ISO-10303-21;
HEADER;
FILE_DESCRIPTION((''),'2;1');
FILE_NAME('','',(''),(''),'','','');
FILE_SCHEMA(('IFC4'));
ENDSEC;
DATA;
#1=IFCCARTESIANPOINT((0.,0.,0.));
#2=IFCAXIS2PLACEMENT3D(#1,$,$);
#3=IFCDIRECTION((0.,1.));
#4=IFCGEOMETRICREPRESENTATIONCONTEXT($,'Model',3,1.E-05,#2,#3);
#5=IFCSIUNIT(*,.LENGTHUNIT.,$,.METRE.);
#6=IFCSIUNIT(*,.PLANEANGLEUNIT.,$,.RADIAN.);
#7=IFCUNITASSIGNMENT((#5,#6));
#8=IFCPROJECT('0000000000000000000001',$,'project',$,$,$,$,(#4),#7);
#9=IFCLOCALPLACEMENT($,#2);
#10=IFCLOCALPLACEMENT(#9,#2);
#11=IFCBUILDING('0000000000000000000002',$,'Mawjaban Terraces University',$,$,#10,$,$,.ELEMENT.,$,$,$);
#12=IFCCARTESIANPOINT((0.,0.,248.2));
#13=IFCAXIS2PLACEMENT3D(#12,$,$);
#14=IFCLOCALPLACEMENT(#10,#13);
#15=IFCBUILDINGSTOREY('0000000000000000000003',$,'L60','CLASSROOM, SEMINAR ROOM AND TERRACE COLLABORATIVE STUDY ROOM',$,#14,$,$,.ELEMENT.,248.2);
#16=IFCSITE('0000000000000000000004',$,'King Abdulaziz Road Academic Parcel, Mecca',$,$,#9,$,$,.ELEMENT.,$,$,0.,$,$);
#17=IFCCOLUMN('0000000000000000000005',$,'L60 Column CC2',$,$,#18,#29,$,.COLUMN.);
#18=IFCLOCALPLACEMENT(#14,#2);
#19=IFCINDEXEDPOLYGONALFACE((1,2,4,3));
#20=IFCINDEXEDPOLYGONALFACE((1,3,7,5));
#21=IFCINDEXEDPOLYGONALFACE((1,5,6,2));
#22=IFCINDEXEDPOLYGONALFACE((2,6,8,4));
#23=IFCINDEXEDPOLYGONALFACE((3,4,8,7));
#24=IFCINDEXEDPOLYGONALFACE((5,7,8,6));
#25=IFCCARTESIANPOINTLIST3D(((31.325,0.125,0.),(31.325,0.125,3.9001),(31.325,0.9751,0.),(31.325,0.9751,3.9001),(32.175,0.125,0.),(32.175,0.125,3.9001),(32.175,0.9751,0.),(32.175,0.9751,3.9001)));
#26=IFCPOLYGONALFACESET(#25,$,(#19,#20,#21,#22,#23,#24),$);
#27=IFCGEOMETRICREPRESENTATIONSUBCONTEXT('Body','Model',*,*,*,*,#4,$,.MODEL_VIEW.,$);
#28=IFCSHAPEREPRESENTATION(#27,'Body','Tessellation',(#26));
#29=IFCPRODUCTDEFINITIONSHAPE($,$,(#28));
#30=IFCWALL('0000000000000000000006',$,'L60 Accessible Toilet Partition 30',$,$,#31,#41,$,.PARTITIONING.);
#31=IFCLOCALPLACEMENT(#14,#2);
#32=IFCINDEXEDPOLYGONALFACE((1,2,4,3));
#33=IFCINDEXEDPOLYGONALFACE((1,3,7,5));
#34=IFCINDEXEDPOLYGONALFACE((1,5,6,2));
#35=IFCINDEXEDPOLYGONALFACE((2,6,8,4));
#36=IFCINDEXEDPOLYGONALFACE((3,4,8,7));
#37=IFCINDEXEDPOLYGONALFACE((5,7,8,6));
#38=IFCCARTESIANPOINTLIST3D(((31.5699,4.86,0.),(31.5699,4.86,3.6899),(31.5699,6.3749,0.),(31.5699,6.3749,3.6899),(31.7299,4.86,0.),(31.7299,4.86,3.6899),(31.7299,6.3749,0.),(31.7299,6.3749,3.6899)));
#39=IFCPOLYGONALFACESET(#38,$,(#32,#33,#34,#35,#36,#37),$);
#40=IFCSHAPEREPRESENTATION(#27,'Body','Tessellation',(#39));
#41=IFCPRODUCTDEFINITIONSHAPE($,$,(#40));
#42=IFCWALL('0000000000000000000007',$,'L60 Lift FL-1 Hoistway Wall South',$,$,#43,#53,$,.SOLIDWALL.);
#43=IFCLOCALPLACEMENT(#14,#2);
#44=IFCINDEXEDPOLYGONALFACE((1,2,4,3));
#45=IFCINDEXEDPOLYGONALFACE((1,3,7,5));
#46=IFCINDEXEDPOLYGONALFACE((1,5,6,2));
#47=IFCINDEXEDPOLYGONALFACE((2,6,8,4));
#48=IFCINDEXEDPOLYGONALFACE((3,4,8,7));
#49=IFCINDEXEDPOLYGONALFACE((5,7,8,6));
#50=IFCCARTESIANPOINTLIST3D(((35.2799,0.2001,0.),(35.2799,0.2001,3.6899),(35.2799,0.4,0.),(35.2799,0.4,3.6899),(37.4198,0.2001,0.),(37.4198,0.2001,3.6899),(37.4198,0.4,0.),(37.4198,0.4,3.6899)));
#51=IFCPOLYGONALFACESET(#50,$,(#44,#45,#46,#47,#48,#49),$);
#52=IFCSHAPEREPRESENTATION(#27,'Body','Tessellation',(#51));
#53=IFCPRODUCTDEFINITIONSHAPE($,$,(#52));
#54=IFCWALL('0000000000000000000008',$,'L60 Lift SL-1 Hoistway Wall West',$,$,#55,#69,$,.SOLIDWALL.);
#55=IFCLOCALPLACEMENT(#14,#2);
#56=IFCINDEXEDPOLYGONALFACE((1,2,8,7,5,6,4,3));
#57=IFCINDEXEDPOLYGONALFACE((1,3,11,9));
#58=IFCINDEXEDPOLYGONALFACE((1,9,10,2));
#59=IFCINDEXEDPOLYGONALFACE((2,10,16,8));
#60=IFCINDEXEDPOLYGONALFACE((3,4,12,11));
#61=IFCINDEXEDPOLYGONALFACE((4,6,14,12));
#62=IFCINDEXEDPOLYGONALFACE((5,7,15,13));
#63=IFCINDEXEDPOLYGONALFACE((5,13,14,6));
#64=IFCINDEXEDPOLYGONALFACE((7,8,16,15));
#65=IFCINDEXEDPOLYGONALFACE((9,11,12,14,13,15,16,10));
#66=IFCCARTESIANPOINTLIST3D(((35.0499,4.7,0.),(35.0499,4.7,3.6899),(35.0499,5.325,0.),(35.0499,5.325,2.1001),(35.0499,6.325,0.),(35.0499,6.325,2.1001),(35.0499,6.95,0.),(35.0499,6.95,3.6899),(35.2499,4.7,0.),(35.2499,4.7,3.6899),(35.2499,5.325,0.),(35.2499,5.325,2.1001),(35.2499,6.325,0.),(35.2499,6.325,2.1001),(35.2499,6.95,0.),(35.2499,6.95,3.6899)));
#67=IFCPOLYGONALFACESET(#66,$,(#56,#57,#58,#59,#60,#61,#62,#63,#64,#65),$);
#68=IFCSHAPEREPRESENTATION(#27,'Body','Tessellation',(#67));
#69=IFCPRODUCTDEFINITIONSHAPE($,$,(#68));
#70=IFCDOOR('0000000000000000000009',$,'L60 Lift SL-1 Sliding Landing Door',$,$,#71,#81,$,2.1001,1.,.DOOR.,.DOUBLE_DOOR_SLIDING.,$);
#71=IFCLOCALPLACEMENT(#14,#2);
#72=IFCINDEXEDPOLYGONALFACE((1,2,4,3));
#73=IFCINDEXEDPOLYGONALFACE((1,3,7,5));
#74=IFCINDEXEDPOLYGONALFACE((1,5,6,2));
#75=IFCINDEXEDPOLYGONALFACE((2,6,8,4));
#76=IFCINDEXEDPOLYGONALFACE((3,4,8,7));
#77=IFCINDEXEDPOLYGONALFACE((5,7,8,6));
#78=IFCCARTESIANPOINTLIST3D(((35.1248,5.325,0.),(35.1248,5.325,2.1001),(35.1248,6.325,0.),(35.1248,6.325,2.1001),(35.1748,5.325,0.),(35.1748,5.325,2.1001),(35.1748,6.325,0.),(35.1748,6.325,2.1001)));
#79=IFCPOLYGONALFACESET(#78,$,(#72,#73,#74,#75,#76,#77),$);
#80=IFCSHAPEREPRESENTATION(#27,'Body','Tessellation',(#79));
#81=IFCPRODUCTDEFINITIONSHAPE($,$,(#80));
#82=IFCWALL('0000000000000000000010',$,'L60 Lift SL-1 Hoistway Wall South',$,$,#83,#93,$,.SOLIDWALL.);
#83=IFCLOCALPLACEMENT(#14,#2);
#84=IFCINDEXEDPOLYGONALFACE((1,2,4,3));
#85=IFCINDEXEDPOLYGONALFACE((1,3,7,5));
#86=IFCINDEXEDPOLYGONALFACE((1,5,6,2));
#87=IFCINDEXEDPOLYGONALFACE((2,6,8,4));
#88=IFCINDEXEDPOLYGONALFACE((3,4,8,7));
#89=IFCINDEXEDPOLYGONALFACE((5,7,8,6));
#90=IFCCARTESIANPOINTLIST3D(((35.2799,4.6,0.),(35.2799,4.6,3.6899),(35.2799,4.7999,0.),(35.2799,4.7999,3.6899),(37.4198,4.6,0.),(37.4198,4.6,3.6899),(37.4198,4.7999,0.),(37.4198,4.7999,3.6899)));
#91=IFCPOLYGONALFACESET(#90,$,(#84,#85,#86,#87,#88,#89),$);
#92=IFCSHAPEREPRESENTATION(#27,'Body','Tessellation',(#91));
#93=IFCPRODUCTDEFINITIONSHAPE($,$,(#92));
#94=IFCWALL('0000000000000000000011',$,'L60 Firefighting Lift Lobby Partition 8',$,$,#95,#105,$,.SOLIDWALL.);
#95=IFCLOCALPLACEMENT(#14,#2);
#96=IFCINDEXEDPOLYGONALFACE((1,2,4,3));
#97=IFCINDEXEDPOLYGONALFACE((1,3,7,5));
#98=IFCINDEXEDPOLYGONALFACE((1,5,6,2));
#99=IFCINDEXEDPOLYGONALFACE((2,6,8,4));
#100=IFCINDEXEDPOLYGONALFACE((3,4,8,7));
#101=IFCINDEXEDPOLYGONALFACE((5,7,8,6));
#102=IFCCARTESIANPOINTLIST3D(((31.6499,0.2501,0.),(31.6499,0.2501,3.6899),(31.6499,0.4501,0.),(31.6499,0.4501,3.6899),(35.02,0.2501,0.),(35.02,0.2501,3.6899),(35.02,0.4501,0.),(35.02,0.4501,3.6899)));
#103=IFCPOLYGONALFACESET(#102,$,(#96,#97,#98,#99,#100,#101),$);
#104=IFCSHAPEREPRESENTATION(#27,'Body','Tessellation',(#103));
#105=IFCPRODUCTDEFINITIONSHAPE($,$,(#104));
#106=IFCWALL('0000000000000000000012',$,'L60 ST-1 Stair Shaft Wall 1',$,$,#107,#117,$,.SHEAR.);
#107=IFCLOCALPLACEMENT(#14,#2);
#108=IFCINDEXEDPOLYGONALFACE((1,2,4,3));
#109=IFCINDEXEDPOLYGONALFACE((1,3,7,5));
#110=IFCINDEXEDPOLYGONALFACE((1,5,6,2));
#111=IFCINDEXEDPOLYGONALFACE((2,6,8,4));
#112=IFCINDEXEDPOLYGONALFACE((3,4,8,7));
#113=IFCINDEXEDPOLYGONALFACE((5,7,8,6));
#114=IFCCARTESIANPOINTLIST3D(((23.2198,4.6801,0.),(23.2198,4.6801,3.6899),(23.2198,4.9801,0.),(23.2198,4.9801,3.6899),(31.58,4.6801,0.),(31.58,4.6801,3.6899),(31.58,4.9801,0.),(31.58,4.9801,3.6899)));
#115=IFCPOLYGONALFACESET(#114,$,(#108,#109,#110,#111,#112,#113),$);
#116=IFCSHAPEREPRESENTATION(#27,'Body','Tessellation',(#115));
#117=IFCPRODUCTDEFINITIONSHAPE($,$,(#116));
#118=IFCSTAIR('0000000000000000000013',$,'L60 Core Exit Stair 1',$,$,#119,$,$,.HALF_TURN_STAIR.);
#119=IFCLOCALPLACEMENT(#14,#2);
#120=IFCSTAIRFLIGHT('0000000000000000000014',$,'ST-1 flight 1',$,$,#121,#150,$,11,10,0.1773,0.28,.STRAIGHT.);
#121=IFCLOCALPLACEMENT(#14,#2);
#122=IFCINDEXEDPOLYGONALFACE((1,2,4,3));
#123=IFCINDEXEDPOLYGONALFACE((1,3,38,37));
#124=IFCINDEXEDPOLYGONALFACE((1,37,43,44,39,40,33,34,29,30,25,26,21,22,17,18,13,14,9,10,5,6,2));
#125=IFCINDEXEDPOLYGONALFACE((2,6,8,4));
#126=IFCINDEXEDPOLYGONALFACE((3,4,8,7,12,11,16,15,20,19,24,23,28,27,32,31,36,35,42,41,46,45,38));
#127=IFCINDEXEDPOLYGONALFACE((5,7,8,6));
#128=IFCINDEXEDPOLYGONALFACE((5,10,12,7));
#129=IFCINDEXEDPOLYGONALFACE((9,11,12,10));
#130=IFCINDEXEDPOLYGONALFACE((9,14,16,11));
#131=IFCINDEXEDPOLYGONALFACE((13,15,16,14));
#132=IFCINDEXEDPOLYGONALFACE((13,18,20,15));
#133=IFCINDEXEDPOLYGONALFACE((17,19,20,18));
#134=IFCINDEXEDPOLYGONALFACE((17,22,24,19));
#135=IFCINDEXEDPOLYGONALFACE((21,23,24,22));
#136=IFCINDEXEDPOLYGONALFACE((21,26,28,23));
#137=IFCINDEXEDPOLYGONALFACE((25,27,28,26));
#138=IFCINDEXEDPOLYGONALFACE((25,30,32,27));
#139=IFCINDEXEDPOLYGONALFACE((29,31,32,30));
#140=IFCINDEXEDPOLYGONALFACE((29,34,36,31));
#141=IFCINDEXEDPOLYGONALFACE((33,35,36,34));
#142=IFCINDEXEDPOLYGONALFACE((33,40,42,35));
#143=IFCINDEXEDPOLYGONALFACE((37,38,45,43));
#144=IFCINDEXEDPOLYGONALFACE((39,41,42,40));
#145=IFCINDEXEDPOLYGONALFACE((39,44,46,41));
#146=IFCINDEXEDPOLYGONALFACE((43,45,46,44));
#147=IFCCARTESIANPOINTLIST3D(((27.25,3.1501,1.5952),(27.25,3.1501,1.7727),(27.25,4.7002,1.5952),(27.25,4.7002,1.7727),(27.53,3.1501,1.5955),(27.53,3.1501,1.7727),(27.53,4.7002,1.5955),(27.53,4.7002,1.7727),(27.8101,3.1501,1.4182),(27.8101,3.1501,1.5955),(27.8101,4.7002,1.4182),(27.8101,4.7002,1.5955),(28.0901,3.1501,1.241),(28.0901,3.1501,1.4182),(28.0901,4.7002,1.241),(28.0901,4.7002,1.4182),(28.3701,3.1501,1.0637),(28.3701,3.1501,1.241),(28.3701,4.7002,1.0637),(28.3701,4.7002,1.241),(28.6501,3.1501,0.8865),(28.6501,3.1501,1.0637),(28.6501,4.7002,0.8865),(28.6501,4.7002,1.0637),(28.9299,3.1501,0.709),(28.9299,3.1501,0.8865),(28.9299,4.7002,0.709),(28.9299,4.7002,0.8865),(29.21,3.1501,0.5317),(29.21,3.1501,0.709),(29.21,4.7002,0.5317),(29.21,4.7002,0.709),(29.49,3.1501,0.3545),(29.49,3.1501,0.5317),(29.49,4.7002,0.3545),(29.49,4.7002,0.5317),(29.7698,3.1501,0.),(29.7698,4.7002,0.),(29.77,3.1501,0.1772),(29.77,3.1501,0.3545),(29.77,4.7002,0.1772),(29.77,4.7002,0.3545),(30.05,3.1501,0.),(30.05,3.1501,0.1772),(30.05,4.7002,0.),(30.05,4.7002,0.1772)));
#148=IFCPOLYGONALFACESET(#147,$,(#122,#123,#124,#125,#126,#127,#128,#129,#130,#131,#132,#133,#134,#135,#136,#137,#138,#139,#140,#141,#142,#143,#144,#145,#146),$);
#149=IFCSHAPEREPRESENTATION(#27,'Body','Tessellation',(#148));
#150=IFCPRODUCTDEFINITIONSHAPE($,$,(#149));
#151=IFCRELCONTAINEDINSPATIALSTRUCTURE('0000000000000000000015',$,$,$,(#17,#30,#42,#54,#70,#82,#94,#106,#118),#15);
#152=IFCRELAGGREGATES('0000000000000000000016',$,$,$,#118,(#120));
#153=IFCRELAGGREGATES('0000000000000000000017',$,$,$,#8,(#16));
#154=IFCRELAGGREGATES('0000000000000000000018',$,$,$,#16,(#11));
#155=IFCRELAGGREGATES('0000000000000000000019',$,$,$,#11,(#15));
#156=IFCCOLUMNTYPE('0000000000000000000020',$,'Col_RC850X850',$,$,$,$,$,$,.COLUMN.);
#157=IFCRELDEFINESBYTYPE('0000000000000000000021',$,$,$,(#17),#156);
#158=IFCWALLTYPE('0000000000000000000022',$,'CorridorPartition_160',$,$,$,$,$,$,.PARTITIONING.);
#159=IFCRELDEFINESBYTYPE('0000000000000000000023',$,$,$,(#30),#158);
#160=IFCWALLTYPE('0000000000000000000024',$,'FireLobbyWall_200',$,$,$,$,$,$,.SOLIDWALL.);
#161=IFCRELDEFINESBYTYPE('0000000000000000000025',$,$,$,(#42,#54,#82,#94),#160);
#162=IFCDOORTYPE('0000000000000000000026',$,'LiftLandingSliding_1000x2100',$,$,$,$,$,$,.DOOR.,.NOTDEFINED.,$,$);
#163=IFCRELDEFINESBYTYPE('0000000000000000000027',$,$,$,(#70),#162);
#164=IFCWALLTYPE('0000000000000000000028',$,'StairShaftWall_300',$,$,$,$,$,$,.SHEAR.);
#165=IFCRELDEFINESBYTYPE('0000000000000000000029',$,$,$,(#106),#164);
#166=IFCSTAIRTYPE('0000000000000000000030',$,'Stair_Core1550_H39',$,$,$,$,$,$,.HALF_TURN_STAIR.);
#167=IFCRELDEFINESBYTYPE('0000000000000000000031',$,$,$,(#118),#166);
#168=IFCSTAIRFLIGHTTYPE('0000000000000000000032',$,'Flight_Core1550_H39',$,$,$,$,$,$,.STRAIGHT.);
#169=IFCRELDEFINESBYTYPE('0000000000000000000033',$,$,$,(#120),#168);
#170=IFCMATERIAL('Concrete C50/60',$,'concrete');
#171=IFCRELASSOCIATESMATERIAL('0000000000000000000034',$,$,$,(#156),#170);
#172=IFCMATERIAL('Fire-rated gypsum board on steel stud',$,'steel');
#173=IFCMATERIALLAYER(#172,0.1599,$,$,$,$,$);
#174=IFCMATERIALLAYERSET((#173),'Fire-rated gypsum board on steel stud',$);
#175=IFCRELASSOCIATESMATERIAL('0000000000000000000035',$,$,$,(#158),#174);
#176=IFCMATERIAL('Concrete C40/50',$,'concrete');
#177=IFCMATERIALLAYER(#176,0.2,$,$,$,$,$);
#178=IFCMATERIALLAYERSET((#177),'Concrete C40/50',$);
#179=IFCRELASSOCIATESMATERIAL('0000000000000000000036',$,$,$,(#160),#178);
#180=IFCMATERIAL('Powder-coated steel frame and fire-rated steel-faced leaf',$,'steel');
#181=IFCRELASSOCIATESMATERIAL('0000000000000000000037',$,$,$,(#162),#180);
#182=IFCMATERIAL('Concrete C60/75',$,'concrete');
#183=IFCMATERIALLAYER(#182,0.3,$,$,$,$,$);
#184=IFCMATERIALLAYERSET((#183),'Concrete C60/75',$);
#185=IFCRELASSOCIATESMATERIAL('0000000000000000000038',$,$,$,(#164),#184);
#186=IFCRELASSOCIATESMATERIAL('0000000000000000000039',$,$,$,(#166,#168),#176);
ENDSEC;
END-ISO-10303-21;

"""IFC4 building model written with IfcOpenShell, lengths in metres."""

from ifc_helpers import new_model, si_unit, direction, frame, frame_2d, origin, origin_2d, place, context, subcontext, project, spatial, polyline, rectangle, outline, extrude, material, layer, layer_set, material_profile, profile_set, type_object, element, fill, aggregate, save


model = new_model("IFC4")

# Units and contexts
model_context = context("Model", 3, precision=1e-05, world=origin(), true_north=direction((0.0, 1.0)))
body_context = subcontext(model_context, "Body", "Model", "MODEL_VIEW")
ifc_project = project(units=[si_unit("LENGTHUNIT", "METRE"), si_unit("PLANEANGLEUNIT", "RADIAN")], contexts=[model_context])

# Site, building, storey
site_placement = place(None, origin())
site = spatial("IfcSite", under=ifc_project, at=site_placement, Name="King Abdulaziz Road Academic Parcel, Mecca", CompositionType="ELEMENT", RefElevation=0.0)
building_placement = place(site_placement, origin())
building = spatial("IfcBuilding", under=site, at=building_placement, Name="Mawjaban Terraces University", CompositionType="ELEMENT")
storey_placement = place(building_placement, frame((0.0, 0.0, 248.2)))
storey = spatial("IfcBuildingStorey", under=building, at=storey_placement, Name="L60", Description="CLASSROOM, SEMINAR ROOM AND TERRACE COLLABORATIVE STUDY ROOM", CompositionType="ELEMENT", Elevation=248.2)

# Column
ifc_material_1 = material(Name="Concrete C50/60", Category="concrete")
ifc_material_profile = material_profile(ifc_material_1, rectangle(XDim=0.8501, YDim=0.8501, at=origin_2d()), Name="RC850X850")
ifc_profile_set = profile_set([ifc_material_profile], Name="Concrete C50/60")
column_type = type_object("IfcColumnType", Name="Col_RC850X850", PredefinedType="COLUMN", material=ifc_profile_set)
column_placement = place(storey_placement, frame((31.75, 0.55, 0.0), z_axis=(0.0, 0.0, 1.0), x_axis=(1.0, 0.0, 0.0)))
element("IfcColumn", 1, at=column_placement, inside=storey, type_object=column_type, Name="L60 Column CC2", PredefinedType="COLUMN", context=body_context, shape_type="SweptSolid", body=[
    extrude(rectangle(XDim=0.8501, YDim=0.8501, at=origin_2d()), origin(), (0.0, 0.0, 1.0), 3.9001),
])

# Wall
ifc_material_2 = material(Name="Fire-rated gypsum board on steel stud", Category="steel")
ifc_layer_1 = layer(ifc_material_2, 0.1599)
ifc_layer_set_1 = layer_set([ifc_layer_1], Name="Fire-rated gypsum board on steel stud")
wall_type_1 = type_object("IfcWallType", Name="CorridorPartition_160", PredefinedType="PARTITIONING", material=ifc_layer_set_1)
wall_1_placement = place(storey_placement, frame((31.6499, 4.8601, 0.0), z_axis=(0.0, 0.0, 1.0), x_axis=(0.0, 1.0, 0.0)))
element("IfcWall", 2, at=wall_1_placement, inside=storey, type_object=wall_type_1, Name="L60 Accessible Toilet Partition 30", PredefinedType="PARTITIONING", context=body_context, shape_type="SweptSolid", body=[
    extrude(rectangle(XDim=1.5149, YDim=0.1599, at=frame_2d((0.7573, 0.0))), origin(), (0.0, 0.0, 1.0), 3.6899),
])

# Shared definitions
ifc_material_3 = material(Name="Concrete C40/50", Category="concrete")
ifc_layer_2 = layer(ifc_material_3, 0.2)
ifc_layer_set_2 = layer_set([ifc_layer_2], Name="Concrete C40/50")
wall_type_2 = type_object("IfcWallType", Name="FireLobbyWall_200", PredefinedType="SOLIDWALL", material=ifc_layer_set_2)
ifc_material_4 = material(Name="Powder-coated steel frame and fire-rated steel-faced leaf", Category="steel")

# Wall
wall_2_placement = place(storey_placement, frame((35.28, 0.3, 0.0), z_axis=(0.0, 0.0, 1.0), x_axis=(1.0, 0.0, 0.0)))
element("IfcWall", 3, at=wall_2_placement, inside=storey, type_object=wall_type_2, Name="L60 Lift FL-1 Hoistway Wall South", PredefinedType="SOLIDWALL", context=body_context, shape_type="SweptSolid", body=[
    extrude(rectangle(XDim=2.1399, YDim=0.2, at=frame_2d((1.0698, 0.0))), origin(), (0.0, 0.0, 1.0), 3.6899),
])

# Wall, opening, door
wall_3_placement = place(storey_placement, frame((35.1499, 6.95, 0.0), z_axis=(0.0, 0.0, 1.0), x_axis=(0.0, -1.0, 0.0)))
wall_3 = element("IfcWall", 4, at=wall_3_placement, inside=storey, type_object=wall_type_2, Name="L60 Lift SL-1 Hoistway Wall West", PredefinedType="SOLIDWALL", context=body_context, shape_type="SweptSolid", body=[
    extrude(rectangle(XDim=2.25, YDim=0.2, at=frame_2d((1.125, 0.0))), origin(), (0.0, 0.0, 1.0), 3.6899),
])
opening_1_placement = place(wall_3_placement, frame((0.625, 0.0, 0.0)))
opening_1 = element("IfcOpeningElement", 5, at=opening_1_placement, cuts=wall_3, PredefinedType="OPENING", context=body_context, shape_type="SweptSolid", body=[
    extrude(rectangle(XDim=1.0, YDim=2.1001, at=frame_2d((0.5, 1.05))), frame((0.0, 0.1099, 0.0), z_axis=(0.0, -1.0, 0.0), x_axis=(1.0, 0.0, 0.0)), (0.0, 0.0, 1.0), 0.22),
])
door_type_1 = type_object("IfcDoorType", Name="LiftLandingSliding_1000x2100", OperationType="NOTDEFINED", PredefinedType="DOOR", material=ifc_material_4)
door_1_placement = place(opening_1_placement, origin())
door_1 = element("IfcDoor", 6, at=door_1_placement, inside=storey, type_object=door_type_1, Name="L60 Lift SL-1 Sliding Landing Door", OperationType="DOUBLE_DOOR_SLIDING", OverallHeight=2.1001, OverallWidth=1.0, PredefinedType="DOOR", context=body_context, shape_type="SweptSolid", body=[
    extrude(rectangle(XDim=1.0, YDim=2.1001, at=frame_2d((0.5, 1.05))), frame((0.0, 0.0249, 0.0), z_axis=(0.0, -1.0, 0.0), x_axis=(1.0, 0.0, 0.0)), (0.0, 0.0, 1.0), 0.05),
])
fill(opening_1, door_1)

# Walls
wall_4_placement = place(storey_placement, frame((35.28, 4.7, 0.0), z_axis=(0.0, 0.0, 1.0), x_axis=(1.0, 0.0, 0.0)))
element("IfcWall", 7, at=wall_4_placement, inside=storey, type_object=wall_type_2, Name="L60 Lift SL-1 Hoistway Wall South", PredefinedType="SOLIDWALL", context=body_context, shape_type="SweptSolid", body=[
    extrude(rectangle(XDim=2.1399, YDim=0.2, at=frame_2d((1.0698, 0.0))), origin(), (0.0, 0.0, 1.0), 3.6899),
])
wall_5_placement = place(storey_placement, frame((31.6499, 0.3501, 0.0), z_axis=(0.0, 0.0, 1.0), x_axis=(1.0, 0.0, 0.0)))
element("IfcWall", 8, at=wall_5_placement, inside=storey, type_object=wall_type_2, Name="L60 Firefighting Lift Lobby Partition 8", PredefinedType="SOLIDWALL", context=body_context, shape_type="SweptSolid", body=[
    extrude(rectangle(XDim=3.3701, YDim=0.2, at=frame_2d((1.6851, 0.0))), origin(), (0.0, 0.0, 1.0), 3.6899),
])

# Wall
ifc_material_5 = material(Name="Concrete C60/75", Category="concrete")
ifc_layer_3 = layer(ifc_material_5, 0.3)
ifc_layer_set_3 = layer_set([ifc_layer_3], Name="Concrete C60/75")
wall_type_3 = type_object("IfcWallType", Name="StairShaftWall_300", PredefinedType="SHEAR", material=ifc_layer_set_3)
wall_6_placement = place(storey_placement, frame((31.5801, 4.8301, 0.0), z_axis=(0.0, 0.0, 1.0), x_axis=(-1.0, 0.0, 0.0)))
element("IfcWall", 9, at=wall_6_placement, inside=storey, type_object=wall_type_3, Name="L60 ST-1 Stair Shaft Wall 1", PredefinedType="SHEAR", context=body_context, shape_type="SweptSolid", body=[
    extrude(rectangle(XDim=8.3601, YDim=0.3, at=frame_2d((4.1802, 0.0))), origin(), (0.0, 0.0, 1.0), 3.6899),
])

# Stair, stair flight
stair_type = type_object("IfcStairType", Name="Stair_Core1550_H39", PredefinedType="HALF_TURN_STAIR", material=ifc_material_3)
stair_placement = place(storey_placement, origin())
stair = element("IfcStair", 10, at=stair_placement, inside=storey, type_object=stair_type, Name="L60 Core Exit Stair 1", PredefinedType="HALF_TURN_STAIR")
stair_flight_type = type_object("IfcStairFlightType", Name="Flight_Core1550_H39", PredefinedType="STRAIGHT", material=ifc_material_3)
stair_flight_placement = place(storey_placement, frame((30.05, 3.925, 0.0), z_axis=(0.0, 0.0, 1.0), x_axis=(-1.0, 0.0, 0.0)))
stair_flight = element("IfcStairFlight", 11, at=stair_flight_placement, type_object=stair_flight_type, Name="ST-1 flight 1", NumberOfRisers=11, NumberOfTreads=10, PredefinedType="STRAIGHT", RiserHeight=0.1773, TreadLength=0.28, context=body_context, shape_type="SweptSolid", body=[
    extrude(outline(polyline([(0.0, 0.0), (0.0, 0.1772), (0.28, 0.1772), (0.28, 0.3545), (0.5601, 0.3545), (0.5601, 0.5317), (0.8401, 0.5317), (0.8401, 0.709), (1.1201, 0.709), (1.1201, 0.8865), (1.3999, 0.8865), (1.3999, 1.0637), (1.6799, 1.0637), (1.6799, 1.241), (1.96, 1.241), (1.96, 1.4182), (2.24, 1.4182), (2.24, 1.5955), (2.52, 1.5955), (2.52, 1.7727), (2.8, 1.7727), (2.8, 1.95), (2.8, 1.5952), (0.2803, 0.0), (0.0, 0.0)])), frame((0.0, 0.7749, 0.0), z_axis=(0.0, -1.0, 0.0), x_axis=(1.0, 0.0, 0.0)), (0.0, 0.0, 1.0), 1.55),
])
aggregate(stair, [stair_flight])

save(model, "model.ifc")
